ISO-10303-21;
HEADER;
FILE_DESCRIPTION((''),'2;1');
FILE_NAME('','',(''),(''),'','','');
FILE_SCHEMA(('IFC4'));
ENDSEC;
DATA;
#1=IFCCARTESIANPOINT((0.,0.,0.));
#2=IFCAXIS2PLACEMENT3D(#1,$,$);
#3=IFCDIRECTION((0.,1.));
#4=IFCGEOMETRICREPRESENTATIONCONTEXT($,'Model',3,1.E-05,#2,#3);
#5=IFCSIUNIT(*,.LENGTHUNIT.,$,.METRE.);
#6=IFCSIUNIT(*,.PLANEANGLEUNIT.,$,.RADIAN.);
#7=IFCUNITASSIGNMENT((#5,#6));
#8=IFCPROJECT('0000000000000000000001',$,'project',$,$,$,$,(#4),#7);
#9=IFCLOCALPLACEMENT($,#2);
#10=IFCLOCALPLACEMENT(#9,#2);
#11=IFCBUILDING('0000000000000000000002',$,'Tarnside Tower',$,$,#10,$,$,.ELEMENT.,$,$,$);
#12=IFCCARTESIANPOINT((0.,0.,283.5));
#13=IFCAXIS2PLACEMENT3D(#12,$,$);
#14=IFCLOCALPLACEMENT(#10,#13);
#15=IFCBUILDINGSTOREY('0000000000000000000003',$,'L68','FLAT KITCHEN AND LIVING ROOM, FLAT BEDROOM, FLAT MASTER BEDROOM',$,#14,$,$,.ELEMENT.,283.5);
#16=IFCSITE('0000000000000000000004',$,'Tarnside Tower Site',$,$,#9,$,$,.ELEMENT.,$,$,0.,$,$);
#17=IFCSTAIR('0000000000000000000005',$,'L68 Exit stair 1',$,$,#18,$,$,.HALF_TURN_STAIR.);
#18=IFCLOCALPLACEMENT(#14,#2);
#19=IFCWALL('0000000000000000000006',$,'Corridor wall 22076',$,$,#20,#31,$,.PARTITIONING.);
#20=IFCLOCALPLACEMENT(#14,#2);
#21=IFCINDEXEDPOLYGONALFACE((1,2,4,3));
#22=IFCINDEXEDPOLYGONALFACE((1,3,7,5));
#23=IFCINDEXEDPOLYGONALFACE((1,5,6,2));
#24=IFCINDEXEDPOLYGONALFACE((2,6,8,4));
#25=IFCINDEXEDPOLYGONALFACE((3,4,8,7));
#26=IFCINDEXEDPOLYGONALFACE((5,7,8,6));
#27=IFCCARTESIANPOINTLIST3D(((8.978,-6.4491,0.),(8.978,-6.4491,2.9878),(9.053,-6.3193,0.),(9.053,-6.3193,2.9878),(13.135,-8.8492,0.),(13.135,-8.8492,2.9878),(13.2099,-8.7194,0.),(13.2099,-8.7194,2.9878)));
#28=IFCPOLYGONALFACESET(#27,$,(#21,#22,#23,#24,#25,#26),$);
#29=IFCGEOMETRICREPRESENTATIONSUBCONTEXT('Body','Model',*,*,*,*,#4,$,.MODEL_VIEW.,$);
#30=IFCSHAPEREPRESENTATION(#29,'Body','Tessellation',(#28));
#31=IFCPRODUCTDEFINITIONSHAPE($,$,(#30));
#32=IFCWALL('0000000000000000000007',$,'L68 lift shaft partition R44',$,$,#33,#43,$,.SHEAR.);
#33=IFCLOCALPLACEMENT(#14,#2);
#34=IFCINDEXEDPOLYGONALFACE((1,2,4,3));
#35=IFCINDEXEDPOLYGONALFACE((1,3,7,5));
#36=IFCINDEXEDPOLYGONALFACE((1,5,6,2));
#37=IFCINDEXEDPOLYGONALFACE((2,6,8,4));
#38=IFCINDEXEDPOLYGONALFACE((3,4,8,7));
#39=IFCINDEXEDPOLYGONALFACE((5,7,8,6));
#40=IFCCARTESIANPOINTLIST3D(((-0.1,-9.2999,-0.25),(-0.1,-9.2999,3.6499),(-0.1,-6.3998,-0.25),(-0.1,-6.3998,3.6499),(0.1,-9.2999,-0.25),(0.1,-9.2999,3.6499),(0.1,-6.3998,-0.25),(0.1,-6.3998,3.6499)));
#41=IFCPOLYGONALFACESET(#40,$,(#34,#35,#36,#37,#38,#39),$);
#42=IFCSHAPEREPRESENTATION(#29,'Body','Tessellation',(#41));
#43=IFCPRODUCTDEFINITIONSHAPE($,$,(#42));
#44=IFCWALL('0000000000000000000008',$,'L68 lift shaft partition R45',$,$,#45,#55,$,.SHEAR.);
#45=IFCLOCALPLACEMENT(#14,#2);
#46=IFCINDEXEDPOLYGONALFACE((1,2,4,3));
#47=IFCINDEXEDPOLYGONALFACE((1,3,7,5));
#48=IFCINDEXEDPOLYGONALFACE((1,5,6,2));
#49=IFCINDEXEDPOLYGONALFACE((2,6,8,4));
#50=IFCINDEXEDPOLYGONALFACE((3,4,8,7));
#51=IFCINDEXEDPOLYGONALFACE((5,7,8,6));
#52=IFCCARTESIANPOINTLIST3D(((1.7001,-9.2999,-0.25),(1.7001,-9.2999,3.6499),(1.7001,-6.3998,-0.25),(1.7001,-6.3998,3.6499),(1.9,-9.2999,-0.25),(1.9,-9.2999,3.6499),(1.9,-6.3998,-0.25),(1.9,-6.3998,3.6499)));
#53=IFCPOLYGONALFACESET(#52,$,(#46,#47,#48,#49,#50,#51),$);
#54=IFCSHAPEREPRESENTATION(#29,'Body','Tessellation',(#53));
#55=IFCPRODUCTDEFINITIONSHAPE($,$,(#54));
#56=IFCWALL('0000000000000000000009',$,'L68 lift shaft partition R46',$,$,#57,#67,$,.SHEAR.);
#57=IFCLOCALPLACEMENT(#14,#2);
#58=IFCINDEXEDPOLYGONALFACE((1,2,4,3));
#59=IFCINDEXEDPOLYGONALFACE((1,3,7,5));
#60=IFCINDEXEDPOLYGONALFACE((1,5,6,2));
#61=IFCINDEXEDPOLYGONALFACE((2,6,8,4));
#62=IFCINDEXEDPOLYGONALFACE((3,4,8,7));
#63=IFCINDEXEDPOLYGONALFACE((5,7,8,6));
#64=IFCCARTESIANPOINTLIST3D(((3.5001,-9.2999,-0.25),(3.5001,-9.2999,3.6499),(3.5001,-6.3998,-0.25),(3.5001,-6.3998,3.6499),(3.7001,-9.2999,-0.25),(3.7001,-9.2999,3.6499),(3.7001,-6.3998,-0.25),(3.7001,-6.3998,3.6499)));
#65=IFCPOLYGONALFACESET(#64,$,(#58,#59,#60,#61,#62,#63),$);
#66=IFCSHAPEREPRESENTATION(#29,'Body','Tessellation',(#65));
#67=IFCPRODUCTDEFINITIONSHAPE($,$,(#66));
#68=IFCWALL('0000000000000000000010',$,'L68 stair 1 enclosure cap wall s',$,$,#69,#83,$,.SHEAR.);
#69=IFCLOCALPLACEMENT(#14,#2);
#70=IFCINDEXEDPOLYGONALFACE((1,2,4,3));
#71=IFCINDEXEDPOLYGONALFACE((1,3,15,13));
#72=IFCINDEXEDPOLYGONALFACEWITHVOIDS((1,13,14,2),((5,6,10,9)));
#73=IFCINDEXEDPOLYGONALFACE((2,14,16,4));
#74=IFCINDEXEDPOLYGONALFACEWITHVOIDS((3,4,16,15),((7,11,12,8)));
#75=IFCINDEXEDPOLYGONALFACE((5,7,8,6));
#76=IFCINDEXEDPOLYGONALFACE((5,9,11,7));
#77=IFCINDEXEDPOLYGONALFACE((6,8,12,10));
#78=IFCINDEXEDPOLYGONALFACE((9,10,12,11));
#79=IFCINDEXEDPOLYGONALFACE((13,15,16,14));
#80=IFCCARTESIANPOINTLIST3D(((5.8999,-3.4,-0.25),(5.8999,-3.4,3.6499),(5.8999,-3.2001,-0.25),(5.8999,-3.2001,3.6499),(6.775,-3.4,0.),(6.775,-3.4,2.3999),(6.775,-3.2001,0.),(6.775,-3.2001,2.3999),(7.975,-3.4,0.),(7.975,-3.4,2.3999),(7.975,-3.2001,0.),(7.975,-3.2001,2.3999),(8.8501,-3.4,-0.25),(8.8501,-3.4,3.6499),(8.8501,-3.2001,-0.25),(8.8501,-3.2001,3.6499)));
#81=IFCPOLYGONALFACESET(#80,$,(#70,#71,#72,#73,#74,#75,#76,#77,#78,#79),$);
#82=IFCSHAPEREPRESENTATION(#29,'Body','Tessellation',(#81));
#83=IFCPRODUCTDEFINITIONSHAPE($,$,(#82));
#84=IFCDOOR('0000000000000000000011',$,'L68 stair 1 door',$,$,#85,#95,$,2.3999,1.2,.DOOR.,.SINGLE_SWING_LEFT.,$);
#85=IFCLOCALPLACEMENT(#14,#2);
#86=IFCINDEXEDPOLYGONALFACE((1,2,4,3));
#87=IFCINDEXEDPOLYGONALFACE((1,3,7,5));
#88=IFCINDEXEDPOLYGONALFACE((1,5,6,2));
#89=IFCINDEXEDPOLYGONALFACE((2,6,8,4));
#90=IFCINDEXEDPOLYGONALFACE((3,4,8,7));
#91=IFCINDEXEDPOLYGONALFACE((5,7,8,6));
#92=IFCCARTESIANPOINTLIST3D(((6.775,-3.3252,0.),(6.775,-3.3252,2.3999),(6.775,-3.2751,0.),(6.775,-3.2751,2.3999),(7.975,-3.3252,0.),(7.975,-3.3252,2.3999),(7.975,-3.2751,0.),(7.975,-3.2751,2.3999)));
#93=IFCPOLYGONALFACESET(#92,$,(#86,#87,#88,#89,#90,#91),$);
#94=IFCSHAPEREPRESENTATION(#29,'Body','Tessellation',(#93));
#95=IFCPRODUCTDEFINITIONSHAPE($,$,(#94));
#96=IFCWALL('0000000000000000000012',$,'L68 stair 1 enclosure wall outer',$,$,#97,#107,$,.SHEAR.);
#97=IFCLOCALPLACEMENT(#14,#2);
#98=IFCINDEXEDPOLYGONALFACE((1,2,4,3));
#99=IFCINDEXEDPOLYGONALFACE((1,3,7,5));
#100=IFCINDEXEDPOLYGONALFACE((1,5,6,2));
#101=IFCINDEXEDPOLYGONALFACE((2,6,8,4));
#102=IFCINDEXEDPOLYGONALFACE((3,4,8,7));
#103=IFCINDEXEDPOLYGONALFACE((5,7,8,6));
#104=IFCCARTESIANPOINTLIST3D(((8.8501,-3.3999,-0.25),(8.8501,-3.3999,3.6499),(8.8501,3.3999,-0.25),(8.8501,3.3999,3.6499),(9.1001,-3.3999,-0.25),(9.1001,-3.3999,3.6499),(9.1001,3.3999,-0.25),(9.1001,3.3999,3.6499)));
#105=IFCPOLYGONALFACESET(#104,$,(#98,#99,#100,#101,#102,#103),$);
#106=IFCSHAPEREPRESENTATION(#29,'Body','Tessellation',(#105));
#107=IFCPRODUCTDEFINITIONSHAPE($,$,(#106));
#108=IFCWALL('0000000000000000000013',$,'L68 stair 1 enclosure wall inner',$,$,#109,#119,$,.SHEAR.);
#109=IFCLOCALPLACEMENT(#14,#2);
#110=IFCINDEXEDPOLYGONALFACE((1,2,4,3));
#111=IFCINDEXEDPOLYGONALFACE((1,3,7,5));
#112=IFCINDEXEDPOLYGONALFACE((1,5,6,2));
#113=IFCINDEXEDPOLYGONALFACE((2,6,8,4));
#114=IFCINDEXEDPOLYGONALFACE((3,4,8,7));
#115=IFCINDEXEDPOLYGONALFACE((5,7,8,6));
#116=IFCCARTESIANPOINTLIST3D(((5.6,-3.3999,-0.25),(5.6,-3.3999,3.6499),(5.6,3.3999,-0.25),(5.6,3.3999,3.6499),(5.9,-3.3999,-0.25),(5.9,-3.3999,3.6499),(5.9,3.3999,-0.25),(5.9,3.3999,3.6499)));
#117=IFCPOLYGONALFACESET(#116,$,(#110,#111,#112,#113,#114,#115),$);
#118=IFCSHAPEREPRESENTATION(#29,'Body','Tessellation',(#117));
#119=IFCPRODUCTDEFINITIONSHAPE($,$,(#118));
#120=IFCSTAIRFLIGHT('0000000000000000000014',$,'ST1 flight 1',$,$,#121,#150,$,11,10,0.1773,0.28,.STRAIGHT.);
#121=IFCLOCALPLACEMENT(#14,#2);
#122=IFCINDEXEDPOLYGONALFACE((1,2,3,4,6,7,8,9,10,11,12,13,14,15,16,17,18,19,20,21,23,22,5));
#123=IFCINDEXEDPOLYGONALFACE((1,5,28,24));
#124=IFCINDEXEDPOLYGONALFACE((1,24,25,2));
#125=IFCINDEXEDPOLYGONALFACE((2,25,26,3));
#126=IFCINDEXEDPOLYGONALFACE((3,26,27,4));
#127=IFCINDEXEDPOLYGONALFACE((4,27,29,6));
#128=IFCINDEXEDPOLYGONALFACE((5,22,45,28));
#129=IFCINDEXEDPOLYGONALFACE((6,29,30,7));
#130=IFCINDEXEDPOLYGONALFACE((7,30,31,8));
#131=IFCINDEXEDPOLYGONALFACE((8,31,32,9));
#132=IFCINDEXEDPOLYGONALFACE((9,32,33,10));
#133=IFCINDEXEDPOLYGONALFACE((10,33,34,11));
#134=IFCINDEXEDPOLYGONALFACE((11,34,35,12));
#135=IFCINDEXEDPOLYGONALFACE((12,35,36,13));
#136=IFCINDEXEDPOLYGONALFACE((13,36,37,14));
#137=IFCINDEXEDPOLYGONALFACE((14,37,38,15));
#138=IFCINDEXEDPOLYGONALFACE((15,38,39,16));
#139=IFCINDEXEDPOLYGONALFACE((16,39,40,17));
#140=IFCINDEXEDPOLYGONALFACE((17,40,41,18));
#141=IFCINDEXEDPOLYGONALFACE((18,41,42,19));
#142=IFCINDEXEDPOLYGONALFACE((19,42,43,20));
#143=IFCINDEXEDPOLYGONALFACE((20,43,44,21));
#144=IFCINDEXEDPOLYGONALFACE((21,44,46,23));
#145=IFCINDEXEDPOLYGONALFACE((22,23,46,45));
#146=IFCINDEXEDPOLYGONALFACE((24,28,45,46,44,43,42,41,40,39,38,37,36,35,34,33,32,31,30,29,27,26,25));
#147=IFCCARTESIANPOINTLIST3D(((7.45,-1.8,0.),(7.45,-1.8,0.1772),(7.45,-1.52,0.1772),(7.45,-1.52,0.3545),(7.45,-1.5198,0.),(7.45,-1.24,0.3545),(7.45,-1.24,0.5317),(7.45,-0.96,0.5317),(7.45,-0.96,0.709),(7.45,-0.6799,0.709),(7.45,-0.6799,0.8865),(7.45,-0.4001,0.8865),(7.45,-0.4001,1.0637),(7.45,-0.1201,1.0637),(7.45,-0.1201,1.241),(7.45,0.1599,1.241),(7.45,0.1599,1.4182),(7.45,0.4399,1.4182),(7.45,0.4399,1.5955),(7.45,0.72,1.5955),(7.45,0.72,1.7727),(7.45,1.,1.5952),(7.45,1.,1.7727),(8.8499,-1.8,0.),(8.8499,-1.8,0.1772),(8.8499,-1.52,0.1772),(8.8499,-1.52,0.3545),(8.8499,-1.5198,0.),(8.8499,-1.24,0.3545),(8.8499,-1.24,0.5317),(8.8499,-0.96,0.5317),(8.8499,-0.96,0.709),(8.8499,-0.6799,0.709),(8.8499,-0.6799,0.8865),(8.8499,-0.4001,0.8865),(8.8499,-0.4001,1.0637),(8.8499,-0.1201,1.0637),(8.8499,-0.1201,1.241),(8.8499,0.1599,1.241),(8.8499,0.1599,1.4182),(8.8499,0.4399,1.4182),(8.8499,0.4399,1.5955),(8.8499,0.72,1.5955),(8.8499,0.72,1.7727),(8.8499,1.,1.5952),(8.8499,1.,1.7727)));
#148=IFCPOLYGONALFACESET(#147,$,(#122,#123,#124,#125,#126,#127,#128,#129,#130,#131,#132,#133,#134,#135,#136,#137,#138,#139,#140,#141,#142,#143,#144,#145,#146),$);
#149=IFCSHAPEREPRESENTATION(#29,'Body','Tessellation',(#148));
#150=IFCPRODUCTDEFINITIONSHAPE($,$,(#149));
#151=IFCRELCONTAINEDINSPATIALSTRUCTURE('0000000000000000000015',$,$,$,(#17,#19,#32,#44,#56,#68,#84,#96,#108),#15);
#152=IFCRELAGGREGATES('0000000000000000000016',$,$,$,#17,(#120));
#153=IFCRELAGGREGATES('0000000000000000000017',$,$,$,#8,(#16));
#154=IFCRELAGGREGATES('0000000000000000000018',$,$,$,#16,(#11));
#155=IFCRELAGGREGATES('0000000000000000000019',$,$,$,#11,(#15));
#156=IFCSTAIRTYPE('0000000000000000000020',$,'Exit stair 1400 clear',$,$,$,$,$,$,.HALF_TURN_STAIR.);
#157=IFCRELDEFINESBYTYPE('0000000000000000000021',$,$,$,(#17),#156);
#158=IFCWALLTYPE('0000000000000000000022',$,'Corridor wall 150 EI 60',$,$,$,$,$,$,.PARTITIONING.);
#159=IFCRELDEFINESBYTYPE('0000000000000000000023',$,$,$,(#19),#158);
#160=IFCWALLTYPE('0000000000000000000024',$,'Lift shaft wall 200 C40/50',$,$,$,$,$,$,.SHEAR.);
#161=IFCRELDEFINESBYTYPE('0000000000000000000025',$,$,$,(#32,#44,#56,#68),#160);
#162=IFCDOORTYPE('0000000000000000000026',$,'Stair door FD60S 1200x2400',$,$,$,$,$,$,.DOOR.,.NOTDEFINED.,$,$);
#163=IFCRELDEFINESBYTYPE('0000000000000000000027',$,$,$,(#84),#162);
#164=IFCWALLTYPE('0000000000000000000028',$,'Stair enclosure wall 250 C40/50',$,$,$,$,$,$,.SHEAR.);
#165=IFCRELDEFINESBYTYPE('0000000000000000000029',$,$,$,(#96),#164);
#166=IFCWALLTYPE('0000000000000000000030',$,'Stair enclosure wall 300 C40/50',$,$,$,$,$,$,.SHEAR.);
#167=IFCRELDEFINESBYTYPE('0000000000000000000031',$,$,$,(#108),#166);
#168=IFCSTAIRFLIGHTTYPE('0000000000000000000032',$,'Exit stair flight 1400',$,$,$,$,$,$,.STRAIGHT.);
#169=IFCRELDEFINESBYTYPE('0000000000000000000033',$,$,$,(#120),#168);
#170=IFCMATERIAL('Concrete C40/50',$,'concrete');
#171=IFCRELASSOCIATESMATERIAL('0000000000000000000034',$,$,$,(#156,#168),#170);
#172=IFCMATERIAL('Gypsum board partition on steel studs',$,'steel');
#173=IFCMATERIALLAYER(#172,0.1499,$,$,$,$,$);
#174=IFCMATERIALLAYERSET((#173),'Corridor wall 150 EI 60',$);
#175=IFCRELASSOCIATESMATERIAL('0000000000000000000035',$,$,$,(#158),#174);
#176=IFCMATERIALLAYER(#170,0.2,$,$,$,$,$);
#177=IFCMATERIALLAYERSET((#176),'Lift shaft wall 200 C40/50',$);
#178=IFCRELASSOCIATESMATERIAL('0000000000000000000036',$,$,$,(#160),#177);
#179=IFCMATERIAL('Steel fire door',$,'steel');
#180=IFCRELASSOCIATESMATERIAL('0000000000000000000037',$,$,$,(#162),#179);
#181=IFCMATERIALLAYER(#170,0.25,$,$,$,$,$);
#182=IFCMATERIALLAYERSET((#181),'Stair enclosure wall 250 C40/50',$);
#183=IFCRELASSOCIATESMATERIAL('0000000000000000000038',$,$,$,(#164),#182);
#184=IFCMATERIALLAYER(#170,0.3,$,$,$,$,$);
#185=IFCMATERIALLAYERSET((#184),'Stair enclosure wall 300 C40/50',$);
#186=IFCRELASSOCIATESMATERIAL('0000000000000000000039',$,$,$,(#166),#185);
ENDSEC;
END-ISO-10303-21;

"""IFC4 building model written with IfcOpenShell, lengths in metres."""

from ifc_helpers import new_model, si_unit, direction, frame, frame_2d, origin, place, context, subcontext, project, spatial, polyline, rectangle, outline, extrude, material, layer, layer_set, type_object, element, fill, aggregate, save


model = new_model("IFC4")

# Units and contexts
model_context = context("Model", 3, precision=1e-05, world=origin(), true_north=direction((0.0, 1.0)))
body_context = subcontext(model_context, "Body", "Model", "MODEL_VIEW")
ifc_project = project(units=[si_unit("LENGTHUNIT", "METRE"), si_unit("PLANEANGLEUNIT", "RADIAN")], contexts=[model_context])

# Site, building, storey
site_placement = place(None, origin())
site = spatial("IfcSite", under=ifc_project, at=site_placement, Name="Tarnside Tower Site", CompositionType="ELEMENT", RefElevation=0.0)
building_placement = place(site_placement, origin())
building = spatial("IfcBuilding", under=site, at=building_placement, Name="Tarnside Tower", CompositionType="ELEMENT")
storey_placement = place(building_placement, frame((0.0, 0.0, 283.5)))
storey = spatial("IfcBuildingStorey", under=building, at=storey_placement, Name="L68", Description="FLAT KITCHEN AND LIVING ROOM, FLAT BEDROOM, FLAT MASTER BEDROOM", CompositionType="ELEMENT", Elevation=283.5)

# Shared definitions
ifc_material_1 = material(Name="Concrete C40/50", Category="concrete")

# Stair
stair_type = type_object("IfcStairType", Name="Exit stair 1400 clear", PredefinedType="HALF_TURN_STAIR", material=ifc_material_1)
stair_1_placement = place(storey_placement, origin())
stair_1 = element("IfcStair", 1, at=stair_1_placement, inside=storey, type_object=stair_type, Name="L68 Exit stair 1", PredefinedType="HALF_TURN_STAIR")

# Shared definitions
ifc_material_2 = material(Name="Steel fire door", Category="steel")

# Walls
ifc_material_3 = material(Name="Gypsum board partition on steel studs", Category="steel")
ifc_layer_1 = layer(ifc_material_3, 0.1499)
ifc_layer_set_1 = layer_set([ifc_layer_1], Name="Corridor wall 150 EI 60")
wall_type_1 = type_object("IfcWallType", Name="Corridor wall 150 EI 60", PredefinedType="PARTITIONING", material=ifc_layer_set_1)
wall_1_placement = place(storey_placement, frame((9.0156, -6.3843, 0.0), z_axis=(0.0, 0.0, 1.0), x_axis=(0.866015, -0.500017, 0.0)))
element("IfcWall", 2, at=wall_1_placement, inside=storey, type_object=wall_type_1, Name="Corridor wall 22076", PredefinedType="PARTITIONING", context=body_context, shape_type="SweptSolid", body=[
    extrude(rectangle(XDim=4.8, YDim=0.1499, at=frame_2d((2.3999, 0.0))), origin(), (0.0, 0.0, 1.0), 2.9878),
])
ifc_layer_2 = layer(ifc_material_1, 0.2)
ifc_layer_set_2 = layer_set([ifc_layer_2], Name="Lift shaft wall 200 C40/50")
wall_type_2 = type_object("IfcWallType", Name="Lift shaft wall 200 C40/50", PredefinedType="SHEAR", material=ifc_layer_set_2)
for number, where, z_axis, x_axis, name in (
    (3, (0.0, -9.3, -0.25), (0.0, 0.0, 1.0), (0.0, 1.0, 0.0), "L68 lift shaft partition R44"),
    (4, (1.8, -9.3, -0.25), (0.0, 0.0, 1.0), (0.0, 1.0, 0.0), "L68 lift shaft partition R45"),
    (5, (3.6001, -9.3, -0.25), (0.0, 0.0, 1.0), (0.0, 1.0, 0.0), "L68 lift shaft partition R46"),
):
    element("IfcWall", number, at=place(storey_placement, frame(where, z_axis=z_axis, x_axis=x_axis)), inside=storey, type_object=wall_type_2, Name=name, PredefinedType="SHEAR", context=body_context, shape_type="SweptSolid", body=[
        extrude(rectangle(XDim=2.9001, YDim=0.2, at=frame_2d((1.4502, 0.0))), origin(), (0.0, 0.0, 1.0), 3.8999),
    ])

# Wall, opening, door
wall_2_placement = place(storey_placement, frame((5.8999, -3.3, -0.25), z_axis=(0.0, 0.0, 1.0), x_axis=(1.0, 0.0, 0.0)))
wall_2 = element("IfcWall", 6, at=wall_2_placement, inside=storey, type_object=wall_type_2, Name="L68 stair 1 enclosure cap wall s", PredefinedType="SHEAR", context=body_context, shape_type="SweptSolid", body=[
    extrude(rectangle(XDim=2.9502, YDim=0.2, at=frame_2d((1.4751, 0.0))), origin(), (0.0, 0.0, 1.0), 3.8999),
])
opening_1_placement = place(wall_2_placement, frame((0.875, 0.0, 0.25)))
opening_1 = element("IfcOpeningElement", 7, at=opening_1_placement, cuts=wall_2, PredefinedType="OPENING", context=body_context, shape_type="SweptSolid", body=[
    extrude(rectangle(XDim=1.2, YDim=2.3999, at=frame_2d((0.6001, 1.2))), frame((0.0, 0.1099, 0.0), z_axis=(0.0, -1.0, 0.0), x_axis=(1.0, 0.0, 0.0)), (0.0, 0.0, 1.0), 0.22),
])
door_type_1 = type_object("IfcDoorType", Name="Stair door FD60S 1200x2400", OperationType="NOTDEFINED", PredefinedType="DOOR", material=ifc_material_2)
door_1_placement = place(opening_1_placement, origin())
door_1 = element("IfcDoor", 8, at=door_1_placement, inside=storey, type_object=door_type_1, Name="L68 stair 1 door", OperationType="SINGLE_SWING_LEFT", OverallHeight=2.3999, OverallWidth=1.2, PredefinedType="DOOR", context=body_context, shape_type="SweptSolid", body=[
    extrude(rectangle(XDim=1.2, YDim=2.3999, at=frame_2d((0.6001, 1.2))), frame((0.0, 0.0249, 0.0), z_axis=(0.0, -1.0, 0.0), x_axis=(1.0, 0.0, 0.0)), (0.0, 0.0, 1.0), 0.05),
])
fill(opening_1, door_1)

# Walls
ifc_layer_3 = layer(ifc_material_1, 0.25)
ifc_layer_set_3 = layer_set([ifc_layer_3], Name="Stair enclosure wall 250 C40/50")
wall_type_3 = type_object("IfcWallType", Name="Stair enclosure wall 250 C40/50", PredefinedType="SHEAR", material=ifc_layer_set_3)
wall_3_placement = place(storey_placement, frame((8.9751, -3.3999, -0.25), z_axis=(0.0, 0.0, 1.0), x_axis=(0.0, 1.0, 0.0)))
element("IfcWall", 9, at=wall_3_placement, inside=storey, type_object=wall_type_3, Name="L68 stair 1 enclosure wall outer", PredefinedType="SHEAR", context=body_context, shape_type="SweptSolid", body=[
    extrude(rectangle(XDim=6.7998, YDim=0.25, at=frame_2d((3.3999, 0.0))), origin(), (0.0, 0.0, 1.0), 3.8999),
])
ifc_layer_4 = layer(ifc_material_1, 0.3)
ifc_layer_set_4 = layer_set([ifc_layer_4], Name="Stair enclosure wall 300 C40/50")
wall_type_4 = type_object("IfcWallType", Name="Stair enclosure wall 300 C40/50", PredefinedType="SHEAR", material=ifc_layer_set_4)
wall_4_placement = place(storey_placement, frame((5.75, -3.3999, -0.25), z_axis=(0.0, 0.0, 1.0), x_axis=(0.0, 1.0, 0.0)))
element("IfcWall", 10, at=wall_4_placement, inside=storey, type_object=wall_type_4, Name="L68 stair 1 enclosure wall inner", PredefinedType="SHEAR", context=body_context, shape_type="SweptSolid", body=[
    extrude(rectangle(XDim=6.7998, YDim=0.3, at=frame_2d((3.3999, 0.0))), origin(), (0.0, 0.0, 1.0), 3.8999),
])

# Stair flight
stair_flight_type = type_object("IfcStairFlightType", Name="Exit stair flight 1400", PredefinedType="STRAIGHT", material=ifc_material_1)
stair_flight_placement = place(storey_placement, frame((8.1499, -1.8, 0.0), z_axis=(0.0, 0.0, 1.0), x_axis=(0.0, 1.0, 0.0)))
stair_flight = element("IfcStairFlight", 11, at=stair_flight_placement, type_object=stair_flight_type, Name="ST1 flight 1", NumberOfRisers=11, NumberOfTreads=10, PredefinedType="STRAIGHT", RiserHeight=0.1773, TreadLength=0.28, context=body_context, shape_type="SweptSolid", body=[
    extrude(outline(polyline([(0.0, 0.0), (0.0, 0.1772), (0.28, 0.1772), (0.28, 0.3545), (0.5601, 0.3545), (0.5601, 0.5317), (0.8401, 0.5317), (0.8401, 0.709), (1.1201, 0.709), (1.1201, 0.8865), (1.3999, 0.8865), (1.3999, 1.0637), (1.6799, 1.0637), (1.6799, 1.241), (1.96, 1.241), (1.96, 1.4182), (2.24, 1.4182), (2.24, 1.5955), (2.52, 1.5955), (2.52, 1.7727), (2.8, 1.7727), (2.8, 1.95), (2.8, 1.5952), (0.2803, 0.0), (0.0, 0.0)])), frame((0.0, 0.7, 0.0), z_axis=(0.0, -1.0, 0.0), x_axis=(1.0, 0.0, 0.0)), (0.0, 0.0, 1.0), 1.3999),
])
aggregate(stair_1, [stair_flight])

save(model, "model.ifc")
